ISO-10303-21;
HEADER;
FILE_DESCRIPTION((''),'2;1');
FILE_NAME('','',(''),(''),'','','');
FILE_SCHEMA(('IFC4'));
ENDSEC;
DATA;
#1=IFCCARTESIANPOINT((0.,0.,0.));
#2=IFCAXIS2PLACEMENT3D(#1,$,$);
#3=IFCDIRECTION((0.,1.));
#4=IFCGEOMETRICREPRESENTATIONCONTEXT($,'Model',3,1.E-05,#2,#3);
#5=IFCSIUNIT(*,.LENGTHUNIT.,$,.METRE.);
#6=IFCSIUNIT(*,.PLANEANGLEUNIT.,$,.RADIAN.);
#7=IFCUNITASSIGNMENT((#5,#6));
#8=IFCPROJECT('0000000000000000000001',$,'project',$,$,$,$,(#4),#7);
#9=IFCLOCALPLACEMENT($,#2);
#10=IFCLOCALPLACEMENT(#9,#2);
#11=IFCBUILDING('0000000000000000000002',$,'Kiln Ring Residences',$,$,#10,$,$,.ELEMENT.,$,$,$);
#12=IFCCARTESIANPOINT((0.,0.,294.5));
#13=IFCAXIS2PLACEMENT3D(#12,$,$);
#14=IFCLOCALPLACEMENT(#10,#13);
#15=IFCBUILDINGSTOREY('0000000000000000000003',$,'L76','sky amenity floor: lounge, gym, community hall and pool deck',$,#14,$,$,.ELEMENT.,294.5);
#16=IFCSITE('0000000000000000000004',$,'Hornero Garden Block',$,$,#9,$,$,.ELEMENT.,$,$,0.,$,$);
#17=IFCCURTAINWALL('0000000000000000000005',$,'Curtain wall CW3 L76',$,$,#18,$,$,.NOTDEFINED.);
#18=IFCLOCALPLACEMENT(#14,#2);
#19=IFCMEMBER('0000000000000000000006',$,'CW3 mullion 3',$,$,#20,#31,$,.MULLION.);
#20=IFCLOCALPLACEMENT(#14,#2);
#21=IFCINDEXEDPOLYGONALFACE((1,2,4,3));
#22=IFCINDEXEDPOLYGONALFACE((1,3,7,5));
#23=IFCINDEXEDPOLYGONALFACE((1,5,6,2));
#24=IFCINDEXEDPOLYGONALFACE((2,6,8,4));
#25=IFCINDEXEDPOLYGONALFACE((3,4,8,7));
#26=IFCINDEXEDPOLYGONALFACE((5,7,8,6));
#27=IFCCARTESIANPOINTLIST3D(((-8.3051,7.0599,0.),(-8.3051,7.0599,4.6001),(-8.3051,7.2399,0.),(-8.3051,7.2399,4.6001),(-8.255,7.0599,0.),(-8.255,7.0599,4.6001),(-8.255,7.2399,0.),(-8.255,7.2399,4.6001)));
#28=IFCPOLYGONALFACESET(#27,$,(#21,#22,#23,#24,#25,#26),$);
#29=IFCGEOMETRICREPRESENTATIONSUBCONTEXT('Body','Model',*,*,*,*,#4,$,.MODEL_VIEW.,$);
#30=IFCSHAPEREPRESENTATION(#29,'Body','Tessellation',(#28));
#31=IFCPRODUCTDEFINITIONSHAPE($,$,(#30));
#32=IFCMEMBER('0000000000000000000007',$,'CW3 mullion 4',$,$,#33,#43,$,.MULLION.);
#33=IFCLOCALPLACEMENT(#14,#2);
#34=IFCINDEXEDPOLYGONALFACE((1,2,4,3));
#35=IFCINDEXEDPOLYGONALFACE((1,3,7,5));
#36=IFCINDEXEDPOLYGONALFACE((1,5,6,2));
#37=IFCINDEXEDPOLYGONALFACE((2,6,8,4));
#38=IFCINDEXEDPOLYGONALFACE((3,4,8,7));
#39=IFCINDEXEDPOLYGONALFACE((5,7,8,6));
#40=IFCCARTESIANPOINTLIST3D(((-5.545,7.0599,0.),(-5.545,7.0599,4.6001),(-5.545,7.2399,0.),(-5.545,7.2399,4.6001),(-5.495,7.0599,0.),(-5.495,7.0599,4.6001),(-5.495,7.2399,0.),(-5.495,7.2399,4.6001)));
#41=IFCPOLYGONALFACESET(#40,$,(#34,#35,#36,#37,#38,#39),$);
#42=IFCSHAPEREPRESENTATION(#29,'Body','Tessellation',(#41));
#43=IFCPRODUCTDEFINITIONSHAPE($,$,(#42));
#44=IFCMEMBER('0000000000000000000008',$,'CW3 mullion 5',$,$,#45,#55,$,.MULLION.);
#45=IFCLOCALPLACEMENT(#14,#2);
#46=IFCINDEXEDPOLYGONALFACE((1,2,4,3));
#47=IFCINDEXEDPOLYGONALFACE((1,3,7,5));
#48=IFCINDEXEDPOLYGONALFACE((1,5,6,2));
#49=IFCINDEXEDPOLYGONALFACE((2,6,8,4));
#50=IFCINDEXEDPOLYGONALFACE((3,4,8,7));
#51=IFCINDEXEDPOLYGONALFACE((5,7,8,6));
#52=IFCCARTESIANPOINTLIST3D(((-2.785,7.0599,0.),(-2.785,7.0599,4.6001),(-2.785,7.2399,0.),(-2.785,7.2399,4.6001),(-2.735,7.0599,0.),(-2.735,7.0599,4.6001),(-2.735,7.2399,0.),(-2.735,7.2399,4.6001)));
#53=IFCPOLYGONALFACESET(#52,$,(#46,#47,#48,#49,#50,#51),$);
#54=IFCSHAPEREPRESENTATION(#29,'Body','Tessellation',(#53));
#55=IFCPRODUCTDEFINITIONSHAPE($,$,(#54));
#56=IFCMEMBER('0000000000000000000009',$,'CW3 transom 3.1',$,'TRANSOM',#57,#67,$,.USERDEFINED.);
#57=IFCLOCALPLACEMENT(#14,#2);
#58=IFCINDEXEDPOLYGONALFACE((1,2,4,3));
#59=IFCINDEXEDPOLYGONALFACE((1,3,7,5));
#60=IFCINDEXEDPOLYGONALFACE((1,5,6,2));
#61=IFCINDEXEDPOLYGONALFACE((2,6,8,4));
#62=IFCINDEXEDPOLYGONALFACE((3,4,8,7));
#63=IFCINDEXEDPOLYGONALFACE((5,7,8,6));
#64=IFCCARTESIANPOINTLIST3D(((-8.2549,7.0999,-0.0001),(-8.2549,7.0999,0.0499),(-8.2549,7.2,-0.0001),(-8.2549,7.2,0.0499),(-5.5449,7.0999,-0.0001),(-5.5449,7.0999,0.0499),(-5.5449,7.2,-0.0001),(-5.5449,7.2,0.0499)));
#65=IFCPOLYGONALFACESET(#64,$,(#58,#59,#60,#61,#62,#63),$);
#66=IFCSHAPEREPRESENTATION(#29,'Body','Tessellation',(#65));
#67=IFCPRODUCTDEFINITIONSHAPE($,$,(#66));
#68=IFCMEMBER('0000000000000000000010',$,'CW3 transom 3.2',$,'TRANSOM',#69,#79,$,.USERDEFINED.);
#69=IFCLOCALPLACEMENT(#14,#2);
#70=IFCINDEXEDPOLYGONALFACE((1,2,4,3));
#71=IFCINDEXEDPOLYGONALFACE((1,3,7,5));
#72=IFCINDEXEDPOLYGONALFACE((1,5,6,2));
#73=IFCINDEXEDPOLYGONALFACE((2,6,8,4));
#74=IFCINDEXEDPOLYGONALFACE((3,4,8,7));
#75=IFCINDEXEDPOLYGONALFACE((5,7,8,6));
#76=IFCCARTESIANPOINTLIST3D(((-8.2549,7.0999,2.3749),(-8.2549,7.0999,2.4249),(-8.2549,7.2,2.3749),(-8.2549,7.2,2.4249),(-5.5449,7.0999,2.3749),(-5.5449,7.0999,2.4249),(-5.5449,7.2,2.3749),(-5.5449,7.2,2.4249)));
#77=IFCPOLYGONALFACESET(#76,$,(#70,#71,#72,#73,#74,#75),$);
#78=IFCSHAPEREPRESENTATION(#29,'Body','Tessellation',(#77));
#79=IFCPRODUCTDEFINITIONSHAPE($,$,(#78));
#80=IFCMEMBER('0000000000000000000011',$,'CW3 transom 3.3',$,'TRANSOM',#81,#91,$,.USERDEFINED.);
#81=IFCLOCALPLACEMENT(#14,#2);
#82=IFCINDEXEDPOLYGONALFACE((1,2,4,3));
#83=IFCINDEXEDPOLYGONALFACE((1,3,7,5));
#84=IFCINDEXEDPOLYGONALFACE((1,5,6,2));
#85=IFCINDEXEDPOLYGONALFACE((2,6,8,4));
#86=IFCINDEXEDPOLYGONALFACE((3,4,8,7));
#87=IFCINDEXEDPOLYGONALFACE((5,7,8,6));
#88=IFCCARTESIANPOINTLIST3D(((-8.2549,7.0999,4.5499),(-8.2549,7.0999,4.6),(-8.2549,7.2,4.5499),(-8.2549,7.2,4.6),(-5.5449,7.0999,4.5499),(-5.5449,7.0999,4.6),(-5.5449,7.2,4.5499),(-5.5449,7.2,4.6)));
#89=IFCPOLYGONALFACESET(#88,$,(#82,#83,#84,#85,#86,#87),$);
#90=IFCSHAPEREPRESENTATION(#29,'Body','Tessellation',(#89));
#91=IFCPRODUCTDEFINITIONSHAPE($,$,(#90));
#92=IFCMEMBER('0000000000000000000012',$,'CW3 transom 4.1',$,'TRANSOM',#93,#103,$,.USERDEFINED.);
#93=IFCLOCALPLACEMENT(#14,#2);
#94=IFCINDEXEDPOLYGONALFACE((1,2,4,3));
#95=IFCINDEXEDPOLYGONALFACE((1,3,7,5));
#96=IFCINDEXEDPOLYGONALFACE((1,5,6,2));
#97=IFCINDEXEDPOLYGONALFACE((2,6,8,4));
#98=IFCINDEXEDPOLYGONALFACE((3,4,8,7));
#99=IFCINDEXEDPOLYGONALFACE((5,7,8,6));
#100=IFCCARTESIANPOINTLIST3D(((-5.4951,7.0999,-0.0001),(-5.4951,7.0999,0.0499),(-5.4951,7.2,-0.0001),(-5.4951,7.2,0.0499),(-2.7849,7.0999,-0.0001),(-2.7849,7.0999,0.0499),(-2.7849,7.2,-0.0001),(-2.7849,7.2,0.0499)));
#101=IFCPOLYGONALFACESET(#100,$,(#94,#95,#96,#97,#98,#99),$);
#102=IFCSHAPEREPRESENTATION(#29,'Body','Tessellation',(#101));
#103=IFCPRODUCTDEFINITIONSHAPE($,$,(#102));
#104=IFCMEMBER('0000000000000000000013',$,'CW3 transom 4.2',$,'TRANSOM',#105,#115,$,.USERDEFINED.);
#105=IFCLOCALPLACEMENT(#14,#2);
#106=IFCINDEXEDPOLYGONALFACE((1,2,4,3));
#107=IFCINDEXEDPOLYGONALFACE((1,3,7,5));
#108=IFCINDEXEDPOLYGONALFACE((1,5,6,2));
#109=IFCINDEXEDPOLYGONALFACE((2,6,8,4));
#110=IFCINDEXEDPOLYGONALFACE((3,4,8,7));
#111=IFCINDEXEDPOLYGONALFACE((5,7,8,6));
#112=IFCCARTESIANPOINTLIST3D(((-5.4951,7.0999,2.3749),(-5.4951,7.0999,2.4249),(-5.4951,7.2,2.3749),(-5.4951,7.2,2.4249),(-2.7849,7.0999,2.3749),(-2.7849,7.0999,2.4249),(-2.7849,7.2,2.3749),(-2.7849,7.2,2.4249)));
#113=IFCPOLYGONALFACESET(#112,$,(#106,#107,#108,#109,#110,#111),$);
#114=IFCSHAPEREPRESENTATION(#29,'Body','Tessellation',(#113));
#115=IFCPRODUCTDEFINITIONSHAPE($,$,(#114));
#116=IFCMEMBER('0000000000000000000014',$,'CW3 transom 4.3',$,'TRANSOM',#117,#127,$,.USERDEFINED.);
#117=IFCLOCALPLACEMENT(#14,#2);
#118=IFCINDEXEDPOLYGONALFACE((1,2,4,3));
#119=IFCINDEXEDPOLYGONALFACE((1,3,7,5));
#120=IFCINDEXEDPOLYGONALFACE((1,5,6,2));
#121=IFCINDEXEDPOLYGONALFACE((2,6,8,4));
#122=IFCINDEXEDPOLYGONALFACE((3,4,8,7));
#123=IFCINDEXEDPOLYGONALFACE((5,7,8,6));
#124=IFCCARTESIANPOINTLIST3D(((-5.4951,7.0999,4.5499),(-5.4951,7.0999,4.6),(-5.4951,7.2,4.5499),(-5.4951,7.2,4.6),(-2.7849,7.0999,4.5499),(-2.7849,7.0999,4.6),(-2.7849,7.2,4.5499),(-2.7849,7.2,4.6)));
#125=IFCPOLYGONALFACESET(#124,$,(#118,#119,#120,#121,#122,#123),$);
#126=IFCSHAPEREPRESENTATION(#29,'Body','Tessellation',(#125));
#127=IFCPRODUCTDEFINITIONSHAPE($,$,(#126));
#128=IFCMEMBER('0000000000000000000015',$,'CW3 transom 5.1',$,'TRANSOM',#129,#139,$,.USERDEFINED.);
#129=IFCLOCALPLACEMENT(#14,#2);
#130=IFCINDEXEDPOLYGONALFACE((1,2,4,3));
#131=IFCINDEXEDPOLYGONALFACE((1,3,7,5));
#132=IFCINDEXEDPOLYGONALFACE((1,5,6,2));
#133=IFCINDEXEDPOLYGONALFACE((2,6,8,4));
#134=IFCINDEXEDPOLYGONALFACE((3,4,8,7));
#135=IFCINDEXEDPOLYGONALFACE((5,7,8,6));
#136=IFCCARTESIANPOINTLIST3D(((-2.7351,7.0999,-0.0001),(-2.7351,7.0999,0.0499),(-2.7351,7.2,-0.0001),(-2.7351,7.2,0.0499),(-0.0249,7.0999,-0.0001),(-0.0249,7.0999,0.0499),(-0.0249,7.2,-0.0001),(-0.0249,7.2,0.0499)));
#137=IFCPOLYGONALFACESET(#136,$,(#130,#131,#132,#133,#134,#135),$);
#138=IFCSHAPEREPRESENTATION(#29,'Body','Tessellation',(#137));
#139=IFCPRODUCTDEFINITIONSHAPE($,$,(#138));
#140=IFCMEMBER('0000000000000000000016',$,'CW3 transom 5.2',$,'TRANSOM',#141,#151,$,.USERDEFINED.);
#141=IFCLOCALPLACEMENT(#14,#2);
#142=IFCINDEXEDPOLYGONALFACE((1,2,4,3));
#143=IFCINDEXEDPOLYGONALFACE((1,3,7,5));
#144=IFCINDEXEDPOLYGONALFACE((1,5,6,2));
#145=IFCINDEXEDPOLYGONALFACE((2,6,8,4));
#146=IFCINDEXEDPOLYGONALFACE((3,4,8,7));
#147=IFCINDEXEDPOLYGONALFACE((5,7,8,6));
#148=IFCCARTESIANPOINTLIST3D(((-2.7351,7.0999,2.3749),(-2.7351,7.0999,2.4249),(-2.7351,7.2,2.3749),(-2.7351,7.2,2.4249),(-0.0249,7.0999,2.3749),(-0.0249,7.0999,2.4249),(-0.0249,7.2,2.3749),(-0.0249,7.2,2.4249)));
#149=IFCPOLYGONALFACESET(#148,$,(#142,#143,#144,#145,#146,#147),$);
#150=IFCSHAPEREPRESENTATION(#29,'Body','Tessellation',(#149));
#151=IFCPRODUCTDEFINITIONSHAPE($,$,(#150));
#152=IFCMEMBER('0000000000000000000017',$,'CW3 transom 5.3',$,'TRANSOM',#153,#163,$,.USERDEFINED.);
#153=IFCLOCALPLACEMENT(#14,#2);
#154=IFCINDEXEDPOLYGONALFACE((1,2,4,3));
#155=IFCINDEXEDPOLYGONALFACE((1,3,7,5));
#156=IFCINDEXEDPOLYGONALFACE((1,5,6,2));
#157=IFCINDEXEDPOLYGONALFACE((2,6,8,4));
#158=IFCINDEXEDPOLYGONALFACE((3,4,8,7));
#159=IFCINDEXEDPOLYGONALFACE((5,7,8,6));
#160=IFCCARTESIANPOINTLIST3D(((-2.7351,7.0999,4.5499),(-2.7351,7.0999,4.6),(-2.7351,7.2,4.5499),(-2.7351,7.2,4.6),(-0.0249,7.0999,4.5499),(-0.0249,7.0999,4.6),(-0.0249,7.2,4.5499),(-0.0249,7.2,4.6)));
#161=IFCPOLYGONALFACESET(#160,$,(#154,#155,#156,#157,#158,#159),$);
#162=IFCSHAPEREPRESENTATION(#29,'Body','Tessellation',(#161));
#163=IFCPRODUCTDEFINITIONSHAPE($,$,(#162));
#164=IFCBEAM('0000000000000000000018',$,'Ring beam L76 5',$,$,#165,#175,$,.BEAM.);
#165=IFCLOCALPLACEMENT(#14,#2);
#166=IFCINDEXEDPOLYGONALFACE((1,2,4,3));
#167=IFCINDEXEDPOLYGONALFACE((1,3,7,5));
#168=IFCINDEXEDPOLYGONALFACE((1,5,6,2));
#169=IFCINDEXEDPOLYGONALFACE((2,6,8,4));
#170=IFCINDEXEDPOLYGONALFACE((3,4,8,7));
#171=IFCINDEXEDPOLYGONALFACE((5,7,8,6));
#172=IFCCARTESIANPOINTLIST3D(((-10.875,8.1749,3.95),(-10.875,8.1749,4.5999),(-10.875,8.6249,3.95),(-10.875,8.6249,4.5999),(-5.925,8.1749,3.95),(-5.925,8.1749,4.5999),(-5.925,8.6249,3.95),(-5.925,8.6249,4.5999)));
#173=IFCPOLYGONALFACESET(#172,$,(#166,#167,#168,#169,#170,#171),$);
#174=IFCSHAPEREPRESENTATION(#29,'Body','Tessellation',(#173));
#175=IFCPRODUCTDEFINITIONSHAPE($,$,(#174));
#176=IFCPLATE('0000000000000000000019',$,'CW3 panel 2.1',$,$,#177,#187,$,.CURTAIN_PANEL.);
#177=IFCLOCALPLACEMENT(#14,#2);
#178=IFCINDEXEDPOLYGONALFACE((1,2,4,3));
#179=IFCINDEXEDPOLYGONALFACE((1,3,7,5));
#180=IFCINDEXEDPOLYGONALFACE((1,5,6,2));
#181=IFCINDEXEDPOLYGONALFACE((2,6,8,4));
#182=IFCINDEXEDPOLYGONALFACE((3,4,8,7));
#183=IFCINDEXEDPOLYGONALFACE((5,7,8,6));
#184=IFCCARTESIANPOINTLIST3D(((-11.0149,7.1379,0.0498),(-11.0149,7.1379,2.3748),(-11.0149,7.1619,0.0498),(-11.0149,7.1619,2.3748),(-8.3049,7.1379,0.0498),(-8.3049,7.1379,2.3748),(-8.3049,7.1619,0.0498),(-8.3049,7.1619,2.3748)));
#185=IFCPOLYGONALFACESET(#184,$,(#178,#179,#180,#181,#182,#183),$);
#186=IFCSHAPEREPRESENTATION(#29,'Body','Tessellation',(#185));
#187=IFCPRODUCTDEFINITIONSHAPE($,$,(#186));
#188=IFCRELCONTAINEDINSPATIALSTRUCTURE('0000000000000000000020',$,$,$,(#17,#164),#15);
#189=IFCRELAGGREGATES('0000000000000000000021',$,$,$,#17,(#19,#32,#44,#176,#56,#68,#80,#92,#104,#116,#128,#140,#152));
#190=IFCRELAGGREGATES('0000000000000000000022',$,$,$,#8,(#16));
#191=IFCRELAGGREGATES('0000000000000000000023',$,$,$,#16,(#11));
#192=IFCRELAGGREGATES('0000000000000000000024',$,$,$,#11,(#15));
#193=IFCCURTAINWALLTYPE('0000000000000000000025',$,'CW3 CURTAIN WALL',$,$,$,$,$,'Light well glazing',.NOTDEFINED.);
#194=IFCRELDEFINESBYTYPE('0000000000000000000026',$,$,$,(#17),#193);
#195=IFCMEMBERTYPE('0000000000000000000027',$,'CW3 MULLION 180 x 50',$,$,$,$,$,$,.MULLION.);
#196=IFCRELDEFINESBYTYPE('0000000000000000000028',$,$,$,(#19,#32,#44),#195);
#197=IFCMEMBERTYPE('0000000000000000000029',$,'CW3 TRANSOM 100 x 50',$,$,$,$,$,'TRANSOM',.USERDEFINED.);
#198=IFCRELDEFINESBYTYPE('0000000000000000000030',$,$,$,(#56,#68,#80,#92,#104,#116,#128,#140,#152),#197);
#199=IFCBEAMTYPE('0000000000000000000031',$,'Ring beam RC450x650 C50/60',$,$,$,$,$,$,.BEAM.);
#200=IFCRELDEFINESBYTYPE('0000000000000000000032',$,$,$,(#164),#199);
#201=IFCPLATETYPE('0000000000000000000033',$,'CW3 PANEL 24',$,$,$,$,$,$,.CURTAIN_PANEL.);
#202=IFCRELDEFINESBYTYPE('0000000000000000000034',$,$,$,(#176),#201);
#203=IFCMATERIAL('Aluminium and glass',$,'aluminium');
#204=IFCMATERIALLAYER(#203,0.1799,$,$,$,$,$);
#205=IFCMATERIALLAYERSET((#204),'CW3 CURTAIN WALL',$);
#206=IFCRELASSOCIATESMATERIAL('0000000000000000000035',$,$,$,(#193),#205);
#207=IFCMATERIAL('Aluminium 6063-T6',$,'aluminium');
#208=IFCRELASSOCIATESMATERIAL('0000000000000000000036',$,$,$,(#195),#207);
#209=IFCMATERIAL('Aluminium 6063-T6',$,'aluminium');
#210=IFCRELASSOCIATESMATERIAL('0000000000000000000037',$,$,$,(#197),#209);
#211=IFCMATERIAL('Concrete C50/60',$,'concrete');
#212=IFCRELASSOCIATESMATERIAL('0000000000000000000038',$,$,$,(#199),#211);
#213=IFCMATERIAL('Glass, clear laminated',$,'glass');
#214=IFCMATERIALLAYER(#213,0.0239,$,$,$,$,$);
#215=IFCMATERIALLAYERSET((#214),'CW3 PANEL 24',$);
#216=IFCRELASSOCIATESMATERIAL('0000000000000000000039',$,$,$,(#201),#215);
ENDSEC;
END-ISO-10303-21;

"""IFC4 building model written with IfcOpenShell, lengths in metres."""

from ifc_helpers import new_model, si_unit, direction, frame, origin, origin_2d, place, context, subcontext, project, spatial, rectangle, extrude, material, layer, layer_set, material_profile, profile_set, type_object, element, aggregate, save


model = new_model("IFC4")

# Units and contexts
model_context = context("Model", 3, precision=1e-05, world=origin(), true_north=direction((0.0, 1.0)))
body_context = subcontext(model_context, "Body", "Model", "MODEL_VIEW")
ifc_project = project(units=[si_unit("LENGTHUNIT", "METRE"), si_unit("PLANEANGLEUNIT", "RADIAN")], contexts=[model_context])

# Site, building, storey
site_placement = place(None, origin())
site = spatial("IfcSite", under=ifc_project, at=site_placement, Name="Hornero Garden Block", CompositionType="ELEMENT", RefElevation=0.0)
building_placement = place(site_placement, origin())
building = spatial("IfcBuilding", under=site, at=building_placement, Name="Kiln Ring Residences", CompositionType="ELEMENT")
storey_placement = place(building_placement, frame((0.0, 0.0, 294.5)))
storey = spatial("IfcBuildingStorey", under=building, at=storey_placement, Name="L76", Description="sky amenity floor: lounge, gym, community hall and pool deck", CompositionType="ELEMENT", Elevation=294.5)

# Curtain wall, members
ifc_material_1 = material(Name="Aluminium and glass", Category="aluminium")
ifc_layer_1 = layer(ifc_material_1, 0.1799)
ifc_layer_set_1 = layer_set([ifc_layer_1], Name="CW3 CURTAIN WALL")
curtain_wall_type = type_object("IfcCurtainWallType", Name="CW3 CURTAIN WALL", ElementType="Light well glazing", PredefinedType="NOTDEFINED", material=ifc_layer_set_1)
curtain_wall_placement = place(storey_placement, origin())
curtain_wall = element("IfcCurtainWall", 1, at=curtain_wall_placement, inside=storey, type_object=curtain_wall_type, Name="Curtain wall CW3 L76", PredefinedType="NOTDEFINED")
ifc_material_2 = material(Name="Aluminium 6063-T6", Category="aluminium")
ifc_material_profile_1 = material_profile(ifc_material_2, rectangle(XDim=0.1799, YDim=0.05, at=origin_2d()), Name="AL 180x50")
ifc_profile_set_1 = profile_set([ifc_material_profile_1], Name="Aluminium 6063-T6")
member_type_1 = type_object("IfcMemberType", Name="CW3 MULLION 180 x 50", PredefinedType="MULLION", material=ifc_profile_set_1)
member_1_placement = place(storey_placement, frame((-8.28, 7.1499, 0.0), z_axis=(0.0, 0.0, 1.0), x_axis=(0.0, 1.0, 0.0)))
member_1 = element("IfcMember", 2, at=member_1_placement, type_object=member_type_1, Name="CW3 mullion 3", PredefinedType="MULLION", context=body_context, shape_type="SweptSolid", body=[
    extrude(rectangle(XDim=0.1799, YDim=0.05, at=origin_2d()), origin(), (0.0, 0.0, 1.0), 4.6001),
])
member_2_placement = place(storey_placement, frame((-5.52, 7.1499, 0.0), z_axis=(0.0, 0.0, 1.0), x_axis=(0.0, 1.0, 0.0)))
member_2 = element("IfcMember", 3, at=member_2_placement, type_object=member_type_1, Name="CW3 mullion 4", PredefinedType="MULLION", context=body_context, shape_type="SweptSolid", body=[
    extrude(rectangle(XDim=0.1799, YDim=0.05, at=origin_2d()), origin(), (0.0, 0.0, 1.0), 4.6001),
])
member_3_placement = place(storey_placement, frame((-2.76, 7.1499, 0.0), z_axis=(0.0, 0.0, 1.0), x_axis=(0.0, 1.0, 0.0)))
member_3 = element("IfcMember", 4, at=member_3_placement, type_object=member_type_1, Name="CW3 mullion 5", PredefinedType="MULLION", context=body_context, shape_type="SweptSolid", body=[
    extrude(rectangle(XDim=0.1799, YDim=0.05, at=origin_2d()), origin(), (0.0, 0.0, 1.0), 4.6001),
])
ifc_material_3 = material(Name="Aluminium 6063-T6", Category="aluminium")
ifc_material_profile_2 = material_profile(ifc_material_3, rectangle(XDim=0.1001, YDim=0.05, at=origin_2d()), Name="AL 100x50")
ifc_profile_set_2 = profile_set([ifc_material_profile_2], Name="Aluminium 6063-T6")
member_type_2 = type_object("IfcMemberType", Name="CW3 TRANSOM 100 x 50", ElementType="TRANSOM", PredefinedType="USERDEFINED", material=ifc_profile_set_2)
member_4_placement = place(storey_placement, frame((-8.2549, 7.1499, 0.0249), z_axis=(1.0, 0.0, 0.0), x_axis=(0.0, 1.0, 0.0)))
member_4 = element("IfcMember", 5, at=member_4_placement, type_object=member_type_2, Name="CW3 transom 3.1", ObjectType="TRANSOM", PredefinedType="USERDEFINED", context=body_context, shape_type="SweptSolid", body=[
    extrude(rectangle(XDim=0.1001, YDim=0.05, at=origin_2d()), origin(), (0.0, 0.0, 1.0), 2.71),
])
member_5_placement = place(storey_placement, frame((-8.2549, 7.1499, 2.3999), z_axis=(1.0, 0.0, 0.0), x_axis=(0.0, 1.0, 0.0)))
member_5 = element("IfcMember", 6, at=member_5_placement, type_object=member_type_2, Name="CW3 transom 3.2", ObjectType="TRANSOM", PredefinedType="USERDEFINED", context=body_context, shape_type="SweptSolid", body=[
    extrude(rectangle(XDim=0.1001, YDim=0.05, at=origin_2d()), origin(), (0.0, 0.0, 1.0), 2.71),
])
member_6_placement = place(storey_placement, frame((-8.2549, 7.1499, 4.575), z_axis=(1.0, 0.0, 0.0), x_axis=(0.0, 1.0, 0.0)))
member_6 = element("IfcMember", 7, at=member_6_placement, type_object=member_type_2, Name="CW3 transom 3.3", ObjectType="TRANSOM", PredefinedType="USERDEFINED", context=body_context, shape_type="SweptSolid", body=[
    extrude(rectangle(XDim=0.1001, YDim=0.05, at=origin_2d()), origin(), (0.0, 0.0, 1.0), 2.71),
])
member_7_placement = place(storey_placement, frame((-5.4951, 7.1499, 0.0249), z_axis=(1.0, 0.0, 0.0), x_axis=(0.0, 1.0, 0.0)))
member_7 = element("IfcMember", 8, at=member_7_placement, type_object=member_type_2, Name="CW3 transom 4.1", ObjectType="TRANSOM", PredefinedType="USERDEFINED", context=body_context, shape_type="SweptSolid", body=[
    extrude(rectangle(XDim=0.1001, YDim=0.05, at=origin_2d()), origin(), (0.0, 0.0, 1.0), 2.7102),
])
member_8_placement = place(storey_placement, frame((-5.4951, 7.1499, 2.3999), z_axis=(1.0, 0.0, 0.0), x_axis=(0.0, 1.0, 0.0)))
member_8 = element("IfcMember", 9, at=member_8_placement, type_object=member_type_2, Name="CW3 transom 4.2", ObjectType="TRANSOM", PredefinedType="USERDEFINED", context=body_context, shape_type="SweptSolid", body=[
    extrude(rectangle(XDim=0.1001, YDim=0.05, at=origin_2d()), origin(), (0.0, 0.0, 1.0), 2.7102),
])
member_9_placement = place(storey_placement, frame((-5.4951, 7.1499, 4.575), z_axis=(1.0, 0.0, 0.0), x_axis=(0.0, 1.0, 0.0)))
member_9 = element("IfcMember", 10, at=member_9_placement, type_object=member_type_2, Name="CW3 transom 4.3", ObjectType="TRANSOM", PredefinedType="USERDEFINED", context=body_context, shape_type="SweptSolid", body=[
    extrude(rectangle(XDim=0.1001, YDim=0.05, at=origin_2d()), origin(), (0.0, 0.0, 1.0), 2.7102),
])
member_10_placement = place(storey_placement, frame((-2.7351, 7.1499, 0.0249), z_axis=(1.0, 0.0, 0.0), x_axis=(0.0, 1.0, 0.0)))
member_10 = element("IfcMember", 11, at=member_10_placement, type_object=member_type_2, Name="CW3 transom 5.1", ObjectType="TRANSOM", PredefinedType="USERDEFINED", context=body_context, shape_type="SweptSolid", body=[
    extrude(rectangle(XDim=0.1001, YDim=0.05, at=origin_2d()), origin(), (0.0, 0.0, 1.0), 2.7102),
])
member_11_placement = place(storey_placement, frame((-2.7351, 7.1499, 2.3999), z_axis=(1.0, 0.0, 0.0), x_axis=(0.0, 1.0, 0.0)))
member_11 = element("IfcMember", 12, at=member_11_placement, type_object=member_type_2, Name="CW3 transom 5.2", ObjectType="TRANSOM", PredefinedType="USERDEFINED", context=body_context, shape_type="SweptSolid", body=[
    extrude(rectangle(XDim=0.1001, YDim=0.05, at=origin_2d()), origin(), (0.0, 0.0, 1.0), 2.7102),
])
member_12_placement = place(storey_placement, frame((-2.7351, 7.1499, 4.575), z_axis=(1.0, 0.0, 0.0), x_axis=(0.0, 1.0, 0.0)))
member_12 = element("IfcMember", 13, at=member_12_placement, type_object=member_type_2, Name="CW3 transom 5.3", ObjectType="TRANSOM", PredefinedType="USERDEFINED", context=body_context, shape_type="SweptSolid", body=[
    extrude(rectangle(XDim=0.1001, YDim=0.05, at=origin_2d()), origin(), (0.0, 0.0, 1.0), 2.7102),
])

# Beam
ifc_material_4 = material(Name="Concrete C50/60", Category="concrete")
ifc_material_profile_3 = material_profile(ifc_material_4, rectangle(XDim=0.45, YDim=0.6499, at=origin_2d()), Name="RC450x650")
ifc_profile_set_3 = profile_set([ifc_material_profile_3], Name="Concrete C50/60")
beam_type = type_object("IfcBeamType", Name="Ring beam RC450x650 C50/60", PredefinedType="BEAM", material=ifc_profile_set_3)
beam_placement = place(storey_placement, frame((-10.875, 8.3999, 4.2749), z_axis=(1.0, 0.0, 0.0), x_axis=(0.0, 1.0, 0.0)))
element("IfcBeam", 14, at=beam_placement, inside=storey, type_object=beam_type, Name="Ring beam L76 5", PredefinedType="BEAM", context=body_context, shape_type="SweptSolid", body=[
    extrude(rectangle(XDim=0.45, YDim=0.6499, at=origin_2d()), origin(), (0.0, 0.0, 1.0), 4.95),
])

# Plate
ifc_material_5 = material(Name="Glass, clear laminated", Category="glass")
ifc_layer_2 = layer(ifc_material_5, 0.0239)
ifc_layer_set_2 = layer_set([ifc_layer_2], Name="CW3 PANEL 24")
plate_type = type_object("IfcPlateType", Name="CW3 PANEL 24", PredefinedType="CURTAIN_PANEL", material=ifc_layer_set_2)
plate_1_placement = place(storey_placement, frame((-9.6599, 7.1499, 0.0498), z_axis=(0.0, 0.0, 1.0), x_axis=(1.0, 0.0, 0.0)))
plate_1 = element("IfcPlate", 15, at=plate_1_placement, type_object=plate_type, Name="CW3 panel 2.1", PredefinedType="CURTAIN_PANEL", context=body_context, shape_type="SweptSolid", body=[
    extrude(rectangle(XDim=2.71, YDim=0.0239, at=origin_2d()), origin(), (0.0, 0.0, 1.0), 2.325),
])
aggregate(curtain_wall, [member_1, member_2, member_3, plate_1, member_4, member_5, member_6, member_7, member_8, member_9, member_10, member_11, member_12])

save(model, "model.ifc")
